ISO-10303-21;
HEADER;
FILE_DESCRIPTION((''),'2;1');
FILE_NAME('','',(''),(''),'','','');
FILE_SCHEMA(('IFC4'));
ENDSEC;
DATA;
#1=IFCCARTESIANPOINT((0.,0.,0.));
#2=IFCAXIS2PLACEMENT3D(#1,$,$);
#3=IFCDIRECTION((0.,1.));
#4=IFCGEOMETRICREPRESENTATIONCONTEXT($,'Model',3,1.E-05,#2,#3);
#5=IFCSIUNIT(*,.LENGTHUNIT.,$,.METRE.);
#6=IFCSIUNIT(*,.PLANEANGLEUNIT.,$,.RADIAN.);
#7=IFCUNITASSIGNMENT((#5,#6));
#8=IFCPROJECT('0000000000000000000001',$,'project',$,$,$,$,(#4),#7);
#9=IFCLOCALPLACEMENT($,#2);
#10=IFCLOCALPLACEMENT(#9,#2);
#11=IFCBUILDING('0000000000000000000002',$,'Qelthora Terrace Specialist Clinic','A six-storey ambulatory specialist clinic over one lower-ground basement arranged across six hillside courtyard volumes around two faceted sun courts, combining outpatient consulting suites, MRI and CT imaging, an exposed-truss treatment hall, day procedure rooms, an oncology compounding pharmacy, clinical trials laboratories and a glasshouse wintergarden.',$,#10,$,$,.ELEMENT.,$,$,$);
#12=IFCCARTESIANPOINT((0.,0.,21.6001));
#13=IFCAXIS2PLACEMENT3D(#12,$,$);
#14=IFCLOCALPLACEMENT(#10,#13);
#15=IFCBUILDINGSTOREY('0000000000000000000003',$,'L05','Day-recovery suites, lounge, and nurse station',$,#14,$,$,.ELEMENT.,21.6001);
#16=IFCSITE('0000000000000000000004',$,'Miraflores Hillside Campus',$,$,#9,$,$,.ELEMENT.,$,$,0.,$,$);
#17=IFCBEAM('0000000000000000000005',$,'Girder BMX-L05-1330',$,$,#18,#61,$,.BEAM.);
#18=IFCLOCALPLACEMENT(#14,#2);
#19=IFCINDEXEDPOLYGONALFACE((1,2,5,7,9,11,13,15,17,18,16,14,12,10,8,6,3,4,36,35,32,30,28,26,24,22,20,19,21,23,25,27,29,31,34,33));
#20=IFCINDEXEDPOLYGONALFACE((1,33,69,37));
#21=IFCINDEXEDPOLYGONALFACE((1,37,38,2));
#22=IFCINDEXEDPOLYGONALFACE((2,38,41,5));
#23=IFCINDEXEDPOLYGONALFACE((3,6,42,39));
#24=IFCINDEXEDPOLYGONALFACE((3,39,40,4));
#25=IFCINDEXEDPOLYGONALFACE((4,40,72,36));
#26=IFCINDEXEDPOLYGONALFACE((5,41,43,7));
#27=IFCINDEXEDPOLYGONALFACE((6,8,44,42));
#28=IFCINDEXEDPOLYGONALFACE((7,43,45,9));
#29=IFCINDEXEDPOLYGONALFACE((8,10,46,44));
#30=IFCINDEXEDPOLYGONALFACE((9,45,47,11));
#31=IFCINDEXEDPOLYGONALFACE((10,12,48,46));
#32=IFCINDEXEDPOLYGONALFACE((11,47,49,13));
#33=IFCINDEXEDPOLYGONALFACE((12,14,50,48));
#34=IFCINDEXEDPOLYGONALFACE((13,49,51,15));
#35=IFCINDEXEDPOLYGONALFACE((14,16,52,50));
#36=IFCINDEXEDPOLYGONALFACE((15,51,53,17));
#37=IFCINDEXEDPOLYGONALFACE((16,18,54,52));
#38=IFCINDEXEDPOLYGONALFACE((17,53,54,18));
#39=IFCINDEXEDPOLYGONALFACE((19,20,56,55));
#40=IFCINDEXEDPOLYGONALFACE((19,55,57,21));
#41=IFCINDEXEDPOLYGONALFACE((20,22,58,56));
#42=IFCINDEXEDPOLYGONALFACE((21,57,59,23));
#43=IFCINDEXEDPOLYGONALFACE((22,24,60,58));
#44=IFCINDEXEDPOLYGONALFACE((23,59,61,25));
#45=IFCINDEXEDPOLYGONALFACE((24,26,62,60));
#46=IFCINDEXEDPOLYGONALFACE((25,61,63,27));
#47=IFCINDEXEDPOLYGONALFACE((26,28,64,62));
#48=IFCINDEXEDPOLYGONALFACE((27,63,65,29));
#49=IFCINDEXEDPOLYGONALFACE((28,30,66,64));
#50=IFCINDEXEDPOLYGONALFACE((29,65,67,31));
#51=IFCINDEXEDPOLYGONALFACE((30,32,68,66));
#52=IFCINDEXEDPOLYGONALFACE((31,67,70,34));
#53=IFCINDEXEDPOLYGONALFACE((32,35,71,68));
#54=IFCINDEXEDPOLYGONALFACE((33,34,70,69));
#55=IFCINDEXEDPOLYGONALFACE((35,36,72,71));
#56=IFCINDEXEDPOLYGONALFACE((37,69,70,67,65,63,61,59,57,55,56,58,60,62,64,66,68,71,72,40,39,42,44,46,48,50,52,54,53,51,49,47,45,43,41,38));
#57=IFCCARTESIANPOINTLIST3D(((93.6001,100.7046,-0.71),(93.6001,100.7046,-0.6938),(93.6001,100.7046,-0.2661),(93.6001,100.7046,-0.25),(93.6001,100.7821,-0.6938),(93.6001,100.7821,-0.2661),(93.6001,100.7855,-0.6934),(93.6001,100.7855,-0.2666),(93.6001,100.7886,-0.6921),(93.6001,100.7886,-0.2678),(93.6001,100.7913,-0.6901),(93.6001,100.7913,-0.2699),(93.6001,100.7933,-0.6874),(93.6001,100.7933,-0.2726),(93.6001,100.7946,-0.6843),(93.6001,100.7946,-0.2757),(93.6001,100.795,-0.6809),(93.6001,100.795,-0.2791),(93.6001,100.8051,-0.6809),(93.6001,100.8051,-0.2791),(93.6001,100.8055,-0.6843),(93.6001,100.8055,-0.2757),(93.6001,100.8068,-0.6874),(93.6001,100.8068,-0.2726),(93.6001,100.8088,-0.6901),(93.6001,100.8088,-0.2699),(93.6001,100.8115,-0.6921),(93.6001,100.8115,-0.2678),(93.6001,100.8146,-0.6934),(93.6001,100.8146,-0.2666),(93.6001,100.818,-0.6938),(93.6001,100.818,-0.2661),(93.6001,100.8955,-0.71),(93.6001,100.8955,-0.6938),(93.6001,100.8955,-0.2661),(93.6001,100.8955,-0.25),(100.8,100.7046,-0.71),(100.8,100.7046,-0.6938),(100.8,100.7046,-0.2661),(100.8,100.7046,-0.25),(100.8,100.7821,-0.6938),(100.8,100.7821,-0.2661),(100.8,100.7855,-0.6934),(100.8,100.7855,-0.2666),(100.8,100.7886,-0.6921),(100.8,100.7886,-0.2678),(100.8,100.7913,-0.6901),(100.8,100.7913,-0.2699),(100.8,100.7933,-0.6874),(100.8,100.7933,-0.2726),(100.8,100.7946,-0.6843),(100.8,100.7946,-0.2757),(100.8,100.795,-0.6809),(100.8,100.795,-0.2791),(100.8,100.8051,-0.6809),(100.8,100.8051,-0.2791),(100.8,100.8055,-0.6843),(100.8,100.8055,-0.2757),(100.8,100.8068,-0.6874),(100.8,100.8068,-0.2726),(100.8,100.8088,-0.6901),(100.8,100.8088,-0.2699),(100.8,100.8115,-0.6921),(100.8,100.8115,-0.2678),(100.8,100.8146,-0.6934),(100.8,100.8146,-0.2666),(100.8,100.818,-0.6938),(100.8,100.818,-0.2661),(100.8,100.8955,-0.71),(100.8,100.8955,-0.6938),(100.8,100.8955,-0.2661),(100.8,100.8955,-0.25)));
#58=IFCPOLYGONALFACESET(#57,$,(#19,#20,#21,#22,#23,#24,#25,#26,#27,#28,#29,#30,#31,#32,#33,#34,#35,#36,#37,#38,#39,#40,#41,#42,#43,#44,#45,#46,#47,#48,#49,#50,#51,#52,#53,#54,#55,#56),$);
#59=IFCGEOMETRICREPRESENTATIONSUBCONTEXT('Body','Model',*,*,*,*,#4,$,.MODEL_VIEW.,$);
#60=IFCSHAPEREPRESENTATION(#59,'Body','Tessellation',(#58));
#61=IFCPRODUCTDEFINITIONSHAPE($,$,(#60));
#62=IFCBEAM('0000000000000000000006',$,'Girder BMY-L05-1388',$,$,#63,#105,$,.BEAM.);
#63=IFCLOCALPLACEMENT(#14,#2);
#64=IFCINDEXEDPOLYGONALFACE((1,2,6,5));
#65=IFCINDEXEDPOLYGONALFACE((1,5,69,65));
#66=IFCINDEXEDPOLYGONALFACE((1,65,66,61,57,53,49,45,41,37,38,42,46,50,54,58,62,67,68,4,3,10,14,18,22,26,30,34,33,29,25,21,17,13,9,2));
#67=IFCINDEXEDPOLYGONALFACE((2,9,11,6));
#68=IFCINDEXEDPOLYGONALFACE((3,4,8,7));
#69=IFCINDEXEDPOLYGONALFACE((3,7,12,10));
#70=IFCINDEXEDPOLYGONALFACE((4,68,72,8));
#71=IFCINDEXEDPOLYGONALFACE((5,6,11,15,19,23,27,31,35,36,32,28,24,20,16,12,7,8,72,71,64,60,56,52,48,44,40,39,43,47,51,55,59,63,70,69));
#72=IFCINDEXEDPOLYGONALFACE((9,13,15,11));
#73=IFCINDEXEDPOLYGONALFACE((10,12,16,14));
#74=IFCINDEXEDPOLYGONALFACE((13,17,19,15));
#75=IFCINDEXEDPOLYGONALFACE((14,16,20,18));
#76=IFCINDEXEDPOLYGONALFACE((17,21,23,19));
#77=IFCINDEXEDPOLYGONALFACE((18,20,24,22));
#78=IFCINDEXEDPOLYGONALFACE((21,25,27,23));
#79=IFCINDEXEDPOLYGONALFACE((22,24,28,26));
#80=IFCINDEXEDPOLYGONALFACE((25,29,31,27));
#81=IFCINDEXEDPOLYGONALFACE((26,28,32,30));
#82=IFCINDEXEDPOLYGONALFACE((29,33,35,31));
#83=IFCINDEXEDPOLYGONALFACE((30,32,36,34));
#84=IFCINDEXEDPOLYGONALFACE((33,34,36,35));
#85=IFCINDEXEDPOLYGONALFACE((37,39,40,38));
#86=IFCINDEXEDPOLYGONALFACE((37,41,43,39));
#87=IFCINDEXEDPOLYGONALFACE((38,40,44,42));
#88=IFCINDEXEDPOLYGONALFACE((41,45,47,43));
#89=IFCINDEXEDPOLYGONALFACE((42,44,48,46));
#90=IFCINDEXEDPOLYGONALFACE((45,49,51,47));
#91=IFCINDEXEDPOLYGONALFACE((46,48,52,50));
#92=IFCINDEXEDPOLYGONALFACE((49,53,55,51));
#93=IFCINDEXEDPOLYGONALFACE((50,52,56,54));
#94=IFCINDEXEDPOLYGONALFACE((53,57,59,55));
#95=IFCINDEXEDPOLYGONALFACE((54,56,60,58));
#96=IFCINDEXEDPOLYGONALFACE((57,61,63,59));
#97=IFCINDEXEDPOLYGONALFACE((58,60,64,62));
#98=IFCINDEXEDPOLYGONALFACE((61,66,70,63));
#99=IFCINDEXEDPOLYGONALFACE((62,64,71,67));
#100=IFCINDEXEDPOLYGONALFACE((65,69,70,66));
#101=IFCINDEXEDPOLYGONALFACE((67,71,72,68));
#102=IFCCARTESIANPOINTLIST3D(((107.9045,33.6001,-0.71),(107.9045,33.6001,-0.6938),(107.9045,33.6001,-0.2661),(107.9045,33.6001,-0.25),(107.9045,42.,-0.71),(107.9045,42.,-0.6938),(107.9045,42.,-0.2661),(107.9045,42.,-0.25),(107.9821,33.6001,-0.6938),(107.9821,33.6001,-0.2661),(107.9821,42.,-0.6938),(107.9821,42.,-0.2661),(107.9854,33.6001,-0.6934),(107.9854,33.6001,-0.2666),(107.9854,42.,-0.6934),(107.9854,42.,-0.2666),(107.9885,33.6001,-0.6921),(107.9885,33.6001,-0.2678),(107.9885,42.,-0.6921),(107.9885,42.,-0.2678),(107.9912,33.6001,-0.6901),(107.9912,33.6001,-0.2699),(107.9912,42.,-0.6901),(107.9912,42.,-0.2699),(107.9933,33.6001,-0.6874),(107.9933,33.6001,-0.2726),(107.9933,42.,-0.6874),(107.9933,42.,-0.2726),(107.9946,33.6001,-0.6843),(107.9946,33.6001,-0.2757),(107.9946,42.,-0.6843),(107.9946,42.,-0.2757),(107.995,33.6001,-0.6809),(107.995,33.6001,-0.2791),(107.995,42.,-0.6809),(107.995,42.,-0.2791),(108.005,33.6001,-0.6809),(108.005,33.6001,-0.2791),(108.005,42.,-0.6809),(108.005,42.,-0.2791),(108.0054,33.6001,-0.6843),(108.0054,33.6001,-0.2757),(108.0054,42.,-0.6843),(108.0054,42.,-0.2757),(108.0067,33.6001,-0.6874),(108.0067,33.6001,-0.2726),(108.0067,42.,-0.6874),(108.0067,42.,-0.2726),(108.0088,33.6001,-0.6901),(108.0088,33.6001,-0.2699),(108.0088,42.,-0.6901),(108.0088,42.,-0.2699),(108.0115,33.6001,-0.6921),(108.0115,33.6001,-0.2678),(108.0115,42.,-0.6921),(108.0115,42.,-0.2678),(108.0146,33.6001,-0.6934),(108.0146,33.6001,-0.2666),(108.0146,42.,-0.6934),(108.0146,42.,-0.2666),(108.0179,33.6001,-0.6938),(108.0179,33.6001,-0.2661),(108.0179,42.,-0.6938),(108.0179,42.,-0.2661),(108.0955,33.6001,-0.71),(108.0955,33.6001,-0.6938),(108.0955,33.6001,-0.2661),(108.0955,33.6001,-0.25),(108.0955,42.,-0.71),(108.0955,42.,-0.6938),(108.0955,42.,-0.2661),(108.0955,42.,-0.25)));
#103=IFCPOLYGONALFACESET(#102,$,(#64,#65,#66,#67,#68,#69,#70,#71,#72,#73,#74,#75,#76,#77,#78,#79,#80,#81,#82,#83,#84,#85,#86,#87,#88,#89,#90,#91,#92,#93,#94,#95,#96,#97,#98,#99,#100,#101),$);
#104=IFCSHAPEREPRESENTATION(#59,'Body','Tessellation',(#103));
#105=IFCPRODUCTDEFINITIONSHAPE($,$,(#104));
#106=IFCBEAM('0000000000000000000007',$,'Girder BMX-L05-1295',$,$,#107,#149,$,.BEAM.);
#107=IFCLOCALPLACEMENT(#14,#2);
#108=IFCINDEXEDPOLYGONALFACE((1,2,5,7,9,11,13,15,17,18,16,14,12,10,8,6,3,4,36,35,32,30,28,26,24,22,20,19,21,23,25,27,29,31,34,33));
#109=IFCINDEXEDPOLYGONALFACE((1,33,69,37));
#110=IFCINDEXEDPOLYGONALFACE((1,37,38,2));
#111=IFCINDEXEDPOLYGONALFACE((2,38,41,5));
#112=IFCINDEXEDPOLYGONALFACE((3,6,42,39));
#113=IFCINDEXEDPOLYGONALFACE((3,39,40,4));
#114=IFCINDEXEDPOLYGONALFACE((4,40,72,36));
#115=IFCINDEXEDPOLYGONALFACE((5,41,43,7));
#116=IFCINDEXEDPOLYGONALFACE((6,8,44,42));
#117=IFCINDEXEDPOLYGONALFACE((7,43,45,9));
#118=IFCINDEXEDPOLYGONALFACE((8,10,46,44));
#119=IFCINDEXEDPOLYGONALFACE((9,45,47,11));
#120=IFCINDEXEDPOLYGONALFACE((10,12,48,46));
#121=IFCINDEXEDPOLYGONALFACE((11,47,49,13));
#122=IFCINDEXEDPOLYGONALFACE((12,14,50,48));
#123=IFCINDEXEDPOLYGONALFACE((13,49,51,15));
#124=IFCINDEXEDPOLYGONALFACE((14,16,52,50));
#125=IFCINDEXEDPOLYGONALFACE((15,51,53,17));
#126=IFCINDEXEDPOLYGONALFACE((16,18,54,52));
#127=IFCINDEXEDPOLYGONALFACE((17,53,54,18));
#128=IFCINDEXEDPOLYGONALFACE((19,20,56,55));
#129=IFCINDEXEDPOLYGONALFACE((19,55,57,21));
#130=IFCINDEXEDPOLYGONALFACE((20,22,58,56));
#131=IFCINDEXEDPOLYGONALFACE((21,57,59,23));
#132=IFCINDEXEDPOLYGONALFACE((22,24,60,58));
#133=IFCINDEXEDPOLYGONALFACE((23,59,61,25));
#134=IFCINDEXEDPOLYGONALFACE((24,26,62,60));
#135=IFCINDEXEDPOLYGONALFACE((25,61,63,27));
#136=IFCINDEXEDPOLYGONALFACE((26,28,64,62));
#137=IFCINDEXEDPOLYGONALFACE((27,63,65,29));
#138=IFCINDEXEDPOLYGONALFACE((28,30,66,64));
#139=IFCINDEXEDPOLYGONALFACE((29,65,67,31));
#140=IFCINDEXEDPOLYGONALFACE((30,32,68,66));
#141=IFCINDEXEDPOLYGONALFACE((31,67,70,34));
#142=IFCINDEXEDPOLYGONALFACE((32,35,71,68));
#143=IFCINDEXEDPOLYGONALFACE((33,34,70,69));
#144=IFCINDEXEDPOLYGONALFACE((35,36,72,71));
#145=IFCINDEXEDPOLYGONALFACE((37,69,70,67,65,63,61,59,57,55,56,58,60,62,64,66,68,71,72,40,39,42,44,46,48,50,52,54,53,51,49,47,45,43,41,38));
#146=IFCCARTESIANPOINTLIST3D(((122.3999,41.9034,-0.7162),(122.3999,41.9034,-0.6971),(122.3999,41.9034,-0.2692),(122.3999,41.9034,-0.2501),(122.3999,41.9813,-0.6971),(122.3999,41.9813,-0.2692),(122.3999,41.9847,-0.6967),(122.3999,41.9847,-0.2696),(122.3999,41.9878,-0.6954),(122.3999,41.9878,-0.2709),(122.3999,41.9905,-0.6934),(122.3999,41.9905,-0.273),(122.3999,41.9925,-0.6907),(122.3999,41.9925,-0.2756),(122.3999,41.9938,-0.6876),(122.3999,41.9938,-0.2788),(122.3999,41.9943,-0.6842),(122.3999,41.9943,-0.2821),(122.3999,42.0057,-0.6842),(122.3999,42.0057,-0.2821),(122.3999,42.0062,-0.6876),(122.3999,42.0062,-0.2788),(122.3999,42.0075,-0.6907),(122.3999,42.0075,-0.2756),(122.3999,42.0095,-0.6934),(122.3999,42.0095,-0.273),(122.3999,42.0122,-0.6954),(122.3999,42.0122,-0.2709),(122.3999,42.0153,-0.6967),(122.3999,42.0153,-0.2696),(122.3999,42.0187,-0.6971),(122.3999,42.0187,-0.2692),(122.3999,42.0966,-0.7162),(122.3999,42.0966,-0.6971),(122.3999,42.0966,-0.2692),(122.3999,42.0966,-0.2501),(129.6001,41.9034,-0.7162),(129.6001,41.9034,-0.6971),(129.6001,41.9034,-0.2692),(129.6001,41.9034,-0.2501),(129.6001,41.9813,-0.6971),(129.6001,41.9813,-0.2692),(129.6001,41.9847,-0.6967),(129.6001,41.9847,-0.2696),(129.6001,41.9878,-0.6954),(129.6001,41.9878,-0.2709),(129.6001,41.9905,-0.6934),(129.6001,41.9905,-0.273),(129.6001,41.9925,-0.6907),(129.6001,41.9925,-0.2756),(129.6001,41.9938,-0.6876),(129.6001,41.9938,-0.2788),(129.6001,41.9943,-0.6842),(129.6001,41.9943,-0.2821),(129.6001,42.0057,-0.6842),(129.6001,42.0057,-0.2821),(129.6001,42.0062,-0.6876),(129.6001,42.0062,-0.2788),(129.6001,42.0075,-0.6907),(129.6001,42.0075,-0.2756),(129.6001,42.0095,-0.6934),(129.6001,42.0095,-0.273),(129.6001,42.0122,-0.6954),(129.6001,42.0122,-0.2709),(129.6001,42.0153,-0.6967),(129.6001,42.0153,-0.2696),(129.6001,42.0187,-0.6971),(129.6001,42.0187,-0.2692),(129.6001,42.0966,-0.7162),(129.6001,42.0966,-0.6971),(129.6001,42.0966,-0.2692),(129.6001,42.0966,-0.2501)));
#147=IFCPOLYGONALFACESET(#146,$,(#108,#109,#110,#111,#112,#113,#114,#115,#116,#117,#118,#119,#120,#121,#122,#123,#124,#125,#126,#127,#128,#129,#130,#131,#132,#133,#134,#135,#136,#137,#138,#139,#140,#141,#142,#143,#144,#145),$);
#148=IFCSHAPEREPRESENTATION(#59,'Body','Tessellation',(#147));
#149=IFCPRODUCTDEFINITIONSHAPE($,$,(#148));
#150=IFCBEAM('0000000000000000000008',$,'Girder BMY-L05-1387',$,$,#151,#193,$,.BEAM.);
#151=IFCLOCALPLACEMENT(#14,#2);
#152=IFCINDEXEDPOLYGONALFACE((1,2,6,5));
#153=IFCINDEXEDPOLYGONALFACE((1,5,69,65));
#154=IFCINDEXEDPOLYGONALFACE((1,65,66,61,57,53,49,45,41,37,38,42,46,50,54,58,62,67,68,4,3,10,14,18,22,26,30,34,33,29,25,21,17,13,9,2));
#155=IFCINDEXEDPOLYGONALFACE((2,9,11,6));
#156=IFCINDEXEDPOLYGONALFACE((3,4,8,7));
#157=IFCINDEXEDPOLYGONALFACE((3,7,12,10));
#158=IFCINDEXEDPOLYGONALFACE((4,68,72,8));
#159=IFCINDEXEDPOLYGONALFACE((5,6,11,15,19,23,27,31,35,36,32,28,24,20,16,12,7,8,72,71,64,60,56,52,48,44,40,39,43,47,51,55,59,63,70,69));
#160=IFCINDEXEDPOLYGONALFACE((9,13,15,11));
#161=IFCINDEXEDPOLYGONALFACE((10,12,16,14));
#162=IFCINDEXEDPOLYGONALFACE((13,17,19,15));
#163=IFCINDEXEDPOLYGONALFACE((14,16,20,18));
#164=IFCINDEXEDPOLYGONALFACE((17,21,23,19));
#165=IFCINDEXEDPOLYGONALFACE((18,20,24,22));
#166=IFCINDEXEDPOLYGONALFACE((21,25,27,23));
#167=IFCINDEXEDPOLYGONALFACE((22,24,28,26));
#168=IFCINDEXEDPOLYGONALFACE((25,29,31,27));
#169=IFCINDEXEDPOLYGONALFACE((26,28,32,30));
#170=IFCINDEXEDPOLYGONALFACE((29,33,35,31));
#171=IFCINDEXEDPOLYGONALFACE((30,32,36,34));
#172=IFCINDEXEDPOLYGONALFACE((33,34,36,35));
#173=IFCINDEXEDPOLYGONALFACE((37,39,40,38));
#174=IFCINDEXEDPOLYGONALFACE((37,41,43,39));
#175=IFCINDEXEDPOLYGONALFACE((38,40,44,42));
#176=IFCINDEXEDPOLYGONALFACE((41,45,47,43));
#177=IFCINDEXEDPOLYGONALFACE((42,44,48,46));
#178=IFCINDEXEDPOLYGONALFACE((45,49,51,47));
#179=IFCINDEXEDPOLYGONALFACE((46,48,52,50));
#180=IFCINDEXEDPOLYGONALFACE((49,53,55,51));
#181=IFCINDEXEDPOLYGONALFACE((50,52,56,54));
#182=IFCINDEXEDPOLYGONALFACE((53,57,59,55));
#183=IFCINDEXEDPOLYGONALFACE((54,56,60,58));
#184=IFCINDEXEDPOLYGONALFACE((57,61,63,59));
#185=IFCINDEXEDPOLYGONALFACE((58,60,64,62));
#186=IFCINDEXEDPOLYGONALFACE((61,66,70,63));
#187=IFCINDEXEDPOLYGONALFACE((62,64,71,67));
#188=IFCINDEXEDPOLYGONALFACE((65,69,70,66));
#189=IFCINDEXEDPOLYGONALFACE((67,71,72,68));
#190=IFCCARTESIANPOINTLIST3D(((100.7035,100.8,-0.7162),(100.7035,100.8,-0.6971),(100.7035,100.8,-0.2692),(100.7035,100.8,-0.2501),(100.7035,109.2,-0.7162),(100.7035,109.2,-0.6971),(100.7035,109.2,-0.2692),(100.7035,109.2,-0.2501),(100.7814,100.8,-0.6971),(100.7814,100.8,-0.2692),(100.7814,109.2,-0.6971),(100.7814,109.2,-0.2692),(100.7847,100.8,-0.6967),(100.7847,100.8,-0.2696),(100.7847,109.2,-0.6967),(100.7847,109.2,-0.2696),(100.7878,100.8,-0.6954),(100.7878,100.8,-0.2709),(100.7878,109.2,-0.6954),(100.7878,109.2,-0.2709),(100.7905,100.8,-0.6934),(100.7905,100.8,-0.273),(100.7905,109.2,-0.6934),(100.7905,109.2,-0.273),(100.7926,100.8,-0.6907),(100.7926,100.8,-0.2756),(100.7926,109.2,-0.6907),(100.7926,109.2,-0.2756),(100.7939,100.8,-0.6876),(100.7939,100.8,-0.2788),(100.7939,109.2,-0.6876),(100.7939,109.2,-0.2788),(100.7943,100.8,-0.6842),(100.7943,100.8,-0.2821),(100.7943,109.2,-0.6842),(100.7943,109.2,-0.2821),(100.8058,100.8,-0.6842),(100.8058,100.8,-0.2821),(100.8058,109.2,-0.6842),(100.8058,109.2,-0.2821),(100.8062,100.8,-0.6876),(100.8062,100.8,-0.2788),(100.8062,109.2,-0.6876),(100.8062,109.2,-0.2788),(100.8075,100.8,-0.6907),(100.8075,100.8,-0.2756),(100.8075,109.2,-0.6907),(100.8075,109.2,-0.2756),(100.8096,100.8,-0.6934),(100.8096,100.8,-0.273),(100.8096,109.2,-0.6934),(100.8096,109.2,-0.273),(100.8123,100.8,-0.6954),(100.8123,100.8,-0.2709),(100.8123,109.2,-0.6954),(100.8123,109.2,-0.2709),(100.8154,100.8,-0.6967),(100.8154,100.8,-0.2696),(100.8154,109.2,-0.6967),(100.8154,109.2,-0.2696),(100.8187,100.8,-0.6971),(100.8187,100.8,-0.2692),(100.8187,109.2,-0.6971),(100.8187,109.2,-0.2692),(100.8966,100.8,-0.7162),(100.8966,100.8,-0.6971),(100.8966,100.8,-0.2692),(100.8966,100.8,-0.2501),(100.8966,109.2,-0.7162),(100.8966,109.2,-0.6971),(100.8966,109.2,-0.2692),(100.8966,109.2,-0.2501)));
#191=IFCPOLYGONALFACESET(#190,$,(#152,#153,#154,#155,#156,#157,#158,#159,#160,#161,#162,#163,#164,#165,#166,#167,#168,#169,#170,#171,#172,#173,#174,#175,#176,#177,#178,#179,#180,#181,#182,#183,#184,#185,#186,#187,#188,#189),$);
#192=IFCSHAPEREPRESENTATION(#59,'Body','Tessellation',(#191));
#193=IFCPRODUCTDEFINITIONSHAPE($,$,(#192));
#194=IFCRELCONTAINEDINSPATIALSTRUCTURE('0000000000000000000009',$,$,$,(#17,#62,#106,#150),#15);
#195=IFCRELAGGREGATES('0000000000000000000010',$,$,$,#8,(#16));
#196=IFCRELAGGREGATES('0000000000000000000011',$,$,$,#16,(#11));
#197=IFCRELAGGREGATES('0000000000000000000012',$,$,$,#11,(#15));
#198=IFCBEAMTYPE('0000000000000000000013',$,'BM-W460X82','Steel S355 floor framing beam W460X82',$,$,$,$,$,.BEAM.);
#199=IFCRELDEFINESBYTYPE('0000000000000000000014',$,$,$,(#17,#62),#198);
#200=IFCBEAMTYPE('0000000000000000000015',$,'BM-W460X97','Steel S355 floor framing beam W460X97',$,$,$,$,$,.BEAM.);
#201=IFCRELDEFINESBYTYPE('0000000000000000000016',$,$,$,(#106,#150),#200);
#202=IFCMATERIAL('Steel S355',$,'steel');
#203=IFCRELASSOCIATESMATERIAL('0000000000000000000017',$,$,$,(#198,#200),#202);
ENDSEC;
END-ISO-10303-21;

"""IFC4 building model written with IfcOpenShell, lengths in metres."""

from ifc_helpers import new_model, si_unit, direction, frame, origin, origin_2d, place, context, subcontext, project, spatial, i_section, extrude, material, material_profile, profile_set, type_object, element, save


model = new_model("IFC4")

# Units and contexts
model_context = context("Model", 3, precision=1e-05, world=origin(), true_north=direction((0.0, 1.0)))
body_context = subcontext(model_context, "Body", "Model", "MODEL_VIEW")
ifc_project = project(units=[si_unit("LENGTHUNIT", "METRE"), si_unit("PLANEANGLEUNIT", "RADIAN")], contexts=[model_context])

# Site, building, storey
site_placement = place(None, origin())
site = spatial("IfcSite", under=ifc_project, at=site_placement, Name="Miraflores Hillside Campus", CompositionType="ELEMENT", RefElevation=0.0)
building_placement = place(site_placement, origin())
building = spatial("IfcBuilding", under=site, at=building_placement, Name="Qelthora Terrace Specialist Clinic", Description="A six-storey ambulatory specialist clinic over one lower-ground basement arranged across six hillside courtyard volumes around two faceted sun courts, combining outpatient consulting suites, MRI and CT imaging, an exposed-truss treatment hall, day procedure rooms, an oncology compounding pharmacy, clinical trials laboratories and a glasshouse wintergarden.", CompositionType="ELEMENT")
storey_placement = place(building_placement, frame((0.0, 0.0, 21.6001)))
storey = spatial("IfcBuildingStorey", under=building, at=storey_placement, Name="L05", Description="Day-recovery suites, lounge, and nurse station", CompositionType="ELEMENT", Elevation=21.6001)

# Beams
ifc_material = material(Name="Steel S355", Category="steel")
ifc_material_profile_1 = material_profile(ifc_material, i_section(OverallWidth=0.1909, OverallDepth=0.46, WebThickness=0.01, FlangeThickness=0.0161, FilletRadius=0.0129, at=origin_2d()), Name="W460X82")
ifc_profile_set_1 = profile_set([ifc_material_profile_1], Name="Steel S355")
beam_type_1 = type_object("IfcBeamType", Name="BM-W460X82", Description="Steel S355 floor framing beam W460X82", PredefinedType="BEAM", material=ifc_profile_set_1)
for number, where, z_axis, x_axis, name in (
    (1, (93.6001, 100.8, -0.48), (1.0, 0.0, 0.0), (0.0, 1.0, 0.0), "Girder BMX-L05-1330"),
):
    element("IfcBeam", number, at=place(storey_placement, frame(where, z_axis=z_axis, x_axis=x_axis)), inside=storey, type_object=beam_type_1, Name=name, PredefinedType="BEAM", context=body_context, shape_type="SweptSolid", body=[
        extrude(i_section(OverallWidth=0.1909, OverallDepth=0.46, WebThickness=0.01, FlangeThickness=0.0161, FilletRadius=0.0129, at=origin_2d()), origin(), (0.0, 0.0, 1.0), 7.2),
    ])
beam_1_placement = place(storey_placement, frame((108.0, 33.6001, -0.48), z_axis=(0.0, 1.0, 0.0), x_axis=(-1.0, 0.0, 0.0)))
element("IfcBeam", 2, at=beam_1_placement, inside=storey, type_object=beam_type_1, Name="Girder BMY-L05-1388", PredefinedType="BEAM", context=body_context, shape_type="SweptSolid", body=[
    extrude(i_section(OverallWidth=0.1909, OverallDepth=0.46, WebThickness=0.01, FlangeThickness=0.0161, FilletRadius=0.0129, at=origin_2d()), origin(), (0.0, 0.0, 1.0), 8.3999),
])
ifc_material_profile_2 = material_profile(ifc_material, i_section(OverallWidth=0.1931, OverallDepth=0.4661, WebThickness=0.0115, FlangeThickness=0.019, FilletRadius=0.0129, at=origin_2d()), Name="W460X97")
ifc_profile_set_2 = profile_set([ifc_material_profile_2], Name="Steel S355")
beam_type_2 = type_object("IfcBeamType", Name="BM-W460X97", Description="Steel S355 floor framing beam W460X97", PredefinedType="BEAM", material=ifc_profile_set_2)
beam_2_placement = place(storey_placement, frame((122.3999, 42.0, -0.4832), z_axis=(1.0, 0.0, 0.0), x_axis=(0.0, 1.0, 0.0)))
element("IfcBeam", 3, at=beam_2_placement, inside=storey, type_object=beam_type_2, Name="Girder BMX-L05-1295", PredefinedType="BEAM", context=body_context, shape_type="SweptSolid", body=[
    extrude(i_section(OverallWidth=0.1931, OverallDepth=0.4661, WebThickness=0.0115, FlangeThickness=0.019, FilletRadius=0.0129, at=origin_2d()), origin(), (0.0, 0.0, 1.0), 7.2002),
])
beam_3_placement = place(storey_placement, frame((100.8, 100.8, -0.4832), z_axis=(0.0, 1.0, 0.0), x_axis=(-1.0, 0.0, 0.0)))
element("IfcBeam", 4, at=beam_3_placement, inside=storey, type_object=beam_type_2, Name="Girder BMY-L05-1387", PredefinedType="BEAM", context=body_context, shape_type="SweptSolid", body=[
    extrude(i_section(OverallWidth=0.1931, OverallDepth=0.4661, WebThickness=0.0115, FlangeThickness=0.019, FilletRadius=0.0129, at=origin_2d()), origin(), (0.0, 0.0, 1.0), 8.3999),
])

save(model, "model.ifc")
